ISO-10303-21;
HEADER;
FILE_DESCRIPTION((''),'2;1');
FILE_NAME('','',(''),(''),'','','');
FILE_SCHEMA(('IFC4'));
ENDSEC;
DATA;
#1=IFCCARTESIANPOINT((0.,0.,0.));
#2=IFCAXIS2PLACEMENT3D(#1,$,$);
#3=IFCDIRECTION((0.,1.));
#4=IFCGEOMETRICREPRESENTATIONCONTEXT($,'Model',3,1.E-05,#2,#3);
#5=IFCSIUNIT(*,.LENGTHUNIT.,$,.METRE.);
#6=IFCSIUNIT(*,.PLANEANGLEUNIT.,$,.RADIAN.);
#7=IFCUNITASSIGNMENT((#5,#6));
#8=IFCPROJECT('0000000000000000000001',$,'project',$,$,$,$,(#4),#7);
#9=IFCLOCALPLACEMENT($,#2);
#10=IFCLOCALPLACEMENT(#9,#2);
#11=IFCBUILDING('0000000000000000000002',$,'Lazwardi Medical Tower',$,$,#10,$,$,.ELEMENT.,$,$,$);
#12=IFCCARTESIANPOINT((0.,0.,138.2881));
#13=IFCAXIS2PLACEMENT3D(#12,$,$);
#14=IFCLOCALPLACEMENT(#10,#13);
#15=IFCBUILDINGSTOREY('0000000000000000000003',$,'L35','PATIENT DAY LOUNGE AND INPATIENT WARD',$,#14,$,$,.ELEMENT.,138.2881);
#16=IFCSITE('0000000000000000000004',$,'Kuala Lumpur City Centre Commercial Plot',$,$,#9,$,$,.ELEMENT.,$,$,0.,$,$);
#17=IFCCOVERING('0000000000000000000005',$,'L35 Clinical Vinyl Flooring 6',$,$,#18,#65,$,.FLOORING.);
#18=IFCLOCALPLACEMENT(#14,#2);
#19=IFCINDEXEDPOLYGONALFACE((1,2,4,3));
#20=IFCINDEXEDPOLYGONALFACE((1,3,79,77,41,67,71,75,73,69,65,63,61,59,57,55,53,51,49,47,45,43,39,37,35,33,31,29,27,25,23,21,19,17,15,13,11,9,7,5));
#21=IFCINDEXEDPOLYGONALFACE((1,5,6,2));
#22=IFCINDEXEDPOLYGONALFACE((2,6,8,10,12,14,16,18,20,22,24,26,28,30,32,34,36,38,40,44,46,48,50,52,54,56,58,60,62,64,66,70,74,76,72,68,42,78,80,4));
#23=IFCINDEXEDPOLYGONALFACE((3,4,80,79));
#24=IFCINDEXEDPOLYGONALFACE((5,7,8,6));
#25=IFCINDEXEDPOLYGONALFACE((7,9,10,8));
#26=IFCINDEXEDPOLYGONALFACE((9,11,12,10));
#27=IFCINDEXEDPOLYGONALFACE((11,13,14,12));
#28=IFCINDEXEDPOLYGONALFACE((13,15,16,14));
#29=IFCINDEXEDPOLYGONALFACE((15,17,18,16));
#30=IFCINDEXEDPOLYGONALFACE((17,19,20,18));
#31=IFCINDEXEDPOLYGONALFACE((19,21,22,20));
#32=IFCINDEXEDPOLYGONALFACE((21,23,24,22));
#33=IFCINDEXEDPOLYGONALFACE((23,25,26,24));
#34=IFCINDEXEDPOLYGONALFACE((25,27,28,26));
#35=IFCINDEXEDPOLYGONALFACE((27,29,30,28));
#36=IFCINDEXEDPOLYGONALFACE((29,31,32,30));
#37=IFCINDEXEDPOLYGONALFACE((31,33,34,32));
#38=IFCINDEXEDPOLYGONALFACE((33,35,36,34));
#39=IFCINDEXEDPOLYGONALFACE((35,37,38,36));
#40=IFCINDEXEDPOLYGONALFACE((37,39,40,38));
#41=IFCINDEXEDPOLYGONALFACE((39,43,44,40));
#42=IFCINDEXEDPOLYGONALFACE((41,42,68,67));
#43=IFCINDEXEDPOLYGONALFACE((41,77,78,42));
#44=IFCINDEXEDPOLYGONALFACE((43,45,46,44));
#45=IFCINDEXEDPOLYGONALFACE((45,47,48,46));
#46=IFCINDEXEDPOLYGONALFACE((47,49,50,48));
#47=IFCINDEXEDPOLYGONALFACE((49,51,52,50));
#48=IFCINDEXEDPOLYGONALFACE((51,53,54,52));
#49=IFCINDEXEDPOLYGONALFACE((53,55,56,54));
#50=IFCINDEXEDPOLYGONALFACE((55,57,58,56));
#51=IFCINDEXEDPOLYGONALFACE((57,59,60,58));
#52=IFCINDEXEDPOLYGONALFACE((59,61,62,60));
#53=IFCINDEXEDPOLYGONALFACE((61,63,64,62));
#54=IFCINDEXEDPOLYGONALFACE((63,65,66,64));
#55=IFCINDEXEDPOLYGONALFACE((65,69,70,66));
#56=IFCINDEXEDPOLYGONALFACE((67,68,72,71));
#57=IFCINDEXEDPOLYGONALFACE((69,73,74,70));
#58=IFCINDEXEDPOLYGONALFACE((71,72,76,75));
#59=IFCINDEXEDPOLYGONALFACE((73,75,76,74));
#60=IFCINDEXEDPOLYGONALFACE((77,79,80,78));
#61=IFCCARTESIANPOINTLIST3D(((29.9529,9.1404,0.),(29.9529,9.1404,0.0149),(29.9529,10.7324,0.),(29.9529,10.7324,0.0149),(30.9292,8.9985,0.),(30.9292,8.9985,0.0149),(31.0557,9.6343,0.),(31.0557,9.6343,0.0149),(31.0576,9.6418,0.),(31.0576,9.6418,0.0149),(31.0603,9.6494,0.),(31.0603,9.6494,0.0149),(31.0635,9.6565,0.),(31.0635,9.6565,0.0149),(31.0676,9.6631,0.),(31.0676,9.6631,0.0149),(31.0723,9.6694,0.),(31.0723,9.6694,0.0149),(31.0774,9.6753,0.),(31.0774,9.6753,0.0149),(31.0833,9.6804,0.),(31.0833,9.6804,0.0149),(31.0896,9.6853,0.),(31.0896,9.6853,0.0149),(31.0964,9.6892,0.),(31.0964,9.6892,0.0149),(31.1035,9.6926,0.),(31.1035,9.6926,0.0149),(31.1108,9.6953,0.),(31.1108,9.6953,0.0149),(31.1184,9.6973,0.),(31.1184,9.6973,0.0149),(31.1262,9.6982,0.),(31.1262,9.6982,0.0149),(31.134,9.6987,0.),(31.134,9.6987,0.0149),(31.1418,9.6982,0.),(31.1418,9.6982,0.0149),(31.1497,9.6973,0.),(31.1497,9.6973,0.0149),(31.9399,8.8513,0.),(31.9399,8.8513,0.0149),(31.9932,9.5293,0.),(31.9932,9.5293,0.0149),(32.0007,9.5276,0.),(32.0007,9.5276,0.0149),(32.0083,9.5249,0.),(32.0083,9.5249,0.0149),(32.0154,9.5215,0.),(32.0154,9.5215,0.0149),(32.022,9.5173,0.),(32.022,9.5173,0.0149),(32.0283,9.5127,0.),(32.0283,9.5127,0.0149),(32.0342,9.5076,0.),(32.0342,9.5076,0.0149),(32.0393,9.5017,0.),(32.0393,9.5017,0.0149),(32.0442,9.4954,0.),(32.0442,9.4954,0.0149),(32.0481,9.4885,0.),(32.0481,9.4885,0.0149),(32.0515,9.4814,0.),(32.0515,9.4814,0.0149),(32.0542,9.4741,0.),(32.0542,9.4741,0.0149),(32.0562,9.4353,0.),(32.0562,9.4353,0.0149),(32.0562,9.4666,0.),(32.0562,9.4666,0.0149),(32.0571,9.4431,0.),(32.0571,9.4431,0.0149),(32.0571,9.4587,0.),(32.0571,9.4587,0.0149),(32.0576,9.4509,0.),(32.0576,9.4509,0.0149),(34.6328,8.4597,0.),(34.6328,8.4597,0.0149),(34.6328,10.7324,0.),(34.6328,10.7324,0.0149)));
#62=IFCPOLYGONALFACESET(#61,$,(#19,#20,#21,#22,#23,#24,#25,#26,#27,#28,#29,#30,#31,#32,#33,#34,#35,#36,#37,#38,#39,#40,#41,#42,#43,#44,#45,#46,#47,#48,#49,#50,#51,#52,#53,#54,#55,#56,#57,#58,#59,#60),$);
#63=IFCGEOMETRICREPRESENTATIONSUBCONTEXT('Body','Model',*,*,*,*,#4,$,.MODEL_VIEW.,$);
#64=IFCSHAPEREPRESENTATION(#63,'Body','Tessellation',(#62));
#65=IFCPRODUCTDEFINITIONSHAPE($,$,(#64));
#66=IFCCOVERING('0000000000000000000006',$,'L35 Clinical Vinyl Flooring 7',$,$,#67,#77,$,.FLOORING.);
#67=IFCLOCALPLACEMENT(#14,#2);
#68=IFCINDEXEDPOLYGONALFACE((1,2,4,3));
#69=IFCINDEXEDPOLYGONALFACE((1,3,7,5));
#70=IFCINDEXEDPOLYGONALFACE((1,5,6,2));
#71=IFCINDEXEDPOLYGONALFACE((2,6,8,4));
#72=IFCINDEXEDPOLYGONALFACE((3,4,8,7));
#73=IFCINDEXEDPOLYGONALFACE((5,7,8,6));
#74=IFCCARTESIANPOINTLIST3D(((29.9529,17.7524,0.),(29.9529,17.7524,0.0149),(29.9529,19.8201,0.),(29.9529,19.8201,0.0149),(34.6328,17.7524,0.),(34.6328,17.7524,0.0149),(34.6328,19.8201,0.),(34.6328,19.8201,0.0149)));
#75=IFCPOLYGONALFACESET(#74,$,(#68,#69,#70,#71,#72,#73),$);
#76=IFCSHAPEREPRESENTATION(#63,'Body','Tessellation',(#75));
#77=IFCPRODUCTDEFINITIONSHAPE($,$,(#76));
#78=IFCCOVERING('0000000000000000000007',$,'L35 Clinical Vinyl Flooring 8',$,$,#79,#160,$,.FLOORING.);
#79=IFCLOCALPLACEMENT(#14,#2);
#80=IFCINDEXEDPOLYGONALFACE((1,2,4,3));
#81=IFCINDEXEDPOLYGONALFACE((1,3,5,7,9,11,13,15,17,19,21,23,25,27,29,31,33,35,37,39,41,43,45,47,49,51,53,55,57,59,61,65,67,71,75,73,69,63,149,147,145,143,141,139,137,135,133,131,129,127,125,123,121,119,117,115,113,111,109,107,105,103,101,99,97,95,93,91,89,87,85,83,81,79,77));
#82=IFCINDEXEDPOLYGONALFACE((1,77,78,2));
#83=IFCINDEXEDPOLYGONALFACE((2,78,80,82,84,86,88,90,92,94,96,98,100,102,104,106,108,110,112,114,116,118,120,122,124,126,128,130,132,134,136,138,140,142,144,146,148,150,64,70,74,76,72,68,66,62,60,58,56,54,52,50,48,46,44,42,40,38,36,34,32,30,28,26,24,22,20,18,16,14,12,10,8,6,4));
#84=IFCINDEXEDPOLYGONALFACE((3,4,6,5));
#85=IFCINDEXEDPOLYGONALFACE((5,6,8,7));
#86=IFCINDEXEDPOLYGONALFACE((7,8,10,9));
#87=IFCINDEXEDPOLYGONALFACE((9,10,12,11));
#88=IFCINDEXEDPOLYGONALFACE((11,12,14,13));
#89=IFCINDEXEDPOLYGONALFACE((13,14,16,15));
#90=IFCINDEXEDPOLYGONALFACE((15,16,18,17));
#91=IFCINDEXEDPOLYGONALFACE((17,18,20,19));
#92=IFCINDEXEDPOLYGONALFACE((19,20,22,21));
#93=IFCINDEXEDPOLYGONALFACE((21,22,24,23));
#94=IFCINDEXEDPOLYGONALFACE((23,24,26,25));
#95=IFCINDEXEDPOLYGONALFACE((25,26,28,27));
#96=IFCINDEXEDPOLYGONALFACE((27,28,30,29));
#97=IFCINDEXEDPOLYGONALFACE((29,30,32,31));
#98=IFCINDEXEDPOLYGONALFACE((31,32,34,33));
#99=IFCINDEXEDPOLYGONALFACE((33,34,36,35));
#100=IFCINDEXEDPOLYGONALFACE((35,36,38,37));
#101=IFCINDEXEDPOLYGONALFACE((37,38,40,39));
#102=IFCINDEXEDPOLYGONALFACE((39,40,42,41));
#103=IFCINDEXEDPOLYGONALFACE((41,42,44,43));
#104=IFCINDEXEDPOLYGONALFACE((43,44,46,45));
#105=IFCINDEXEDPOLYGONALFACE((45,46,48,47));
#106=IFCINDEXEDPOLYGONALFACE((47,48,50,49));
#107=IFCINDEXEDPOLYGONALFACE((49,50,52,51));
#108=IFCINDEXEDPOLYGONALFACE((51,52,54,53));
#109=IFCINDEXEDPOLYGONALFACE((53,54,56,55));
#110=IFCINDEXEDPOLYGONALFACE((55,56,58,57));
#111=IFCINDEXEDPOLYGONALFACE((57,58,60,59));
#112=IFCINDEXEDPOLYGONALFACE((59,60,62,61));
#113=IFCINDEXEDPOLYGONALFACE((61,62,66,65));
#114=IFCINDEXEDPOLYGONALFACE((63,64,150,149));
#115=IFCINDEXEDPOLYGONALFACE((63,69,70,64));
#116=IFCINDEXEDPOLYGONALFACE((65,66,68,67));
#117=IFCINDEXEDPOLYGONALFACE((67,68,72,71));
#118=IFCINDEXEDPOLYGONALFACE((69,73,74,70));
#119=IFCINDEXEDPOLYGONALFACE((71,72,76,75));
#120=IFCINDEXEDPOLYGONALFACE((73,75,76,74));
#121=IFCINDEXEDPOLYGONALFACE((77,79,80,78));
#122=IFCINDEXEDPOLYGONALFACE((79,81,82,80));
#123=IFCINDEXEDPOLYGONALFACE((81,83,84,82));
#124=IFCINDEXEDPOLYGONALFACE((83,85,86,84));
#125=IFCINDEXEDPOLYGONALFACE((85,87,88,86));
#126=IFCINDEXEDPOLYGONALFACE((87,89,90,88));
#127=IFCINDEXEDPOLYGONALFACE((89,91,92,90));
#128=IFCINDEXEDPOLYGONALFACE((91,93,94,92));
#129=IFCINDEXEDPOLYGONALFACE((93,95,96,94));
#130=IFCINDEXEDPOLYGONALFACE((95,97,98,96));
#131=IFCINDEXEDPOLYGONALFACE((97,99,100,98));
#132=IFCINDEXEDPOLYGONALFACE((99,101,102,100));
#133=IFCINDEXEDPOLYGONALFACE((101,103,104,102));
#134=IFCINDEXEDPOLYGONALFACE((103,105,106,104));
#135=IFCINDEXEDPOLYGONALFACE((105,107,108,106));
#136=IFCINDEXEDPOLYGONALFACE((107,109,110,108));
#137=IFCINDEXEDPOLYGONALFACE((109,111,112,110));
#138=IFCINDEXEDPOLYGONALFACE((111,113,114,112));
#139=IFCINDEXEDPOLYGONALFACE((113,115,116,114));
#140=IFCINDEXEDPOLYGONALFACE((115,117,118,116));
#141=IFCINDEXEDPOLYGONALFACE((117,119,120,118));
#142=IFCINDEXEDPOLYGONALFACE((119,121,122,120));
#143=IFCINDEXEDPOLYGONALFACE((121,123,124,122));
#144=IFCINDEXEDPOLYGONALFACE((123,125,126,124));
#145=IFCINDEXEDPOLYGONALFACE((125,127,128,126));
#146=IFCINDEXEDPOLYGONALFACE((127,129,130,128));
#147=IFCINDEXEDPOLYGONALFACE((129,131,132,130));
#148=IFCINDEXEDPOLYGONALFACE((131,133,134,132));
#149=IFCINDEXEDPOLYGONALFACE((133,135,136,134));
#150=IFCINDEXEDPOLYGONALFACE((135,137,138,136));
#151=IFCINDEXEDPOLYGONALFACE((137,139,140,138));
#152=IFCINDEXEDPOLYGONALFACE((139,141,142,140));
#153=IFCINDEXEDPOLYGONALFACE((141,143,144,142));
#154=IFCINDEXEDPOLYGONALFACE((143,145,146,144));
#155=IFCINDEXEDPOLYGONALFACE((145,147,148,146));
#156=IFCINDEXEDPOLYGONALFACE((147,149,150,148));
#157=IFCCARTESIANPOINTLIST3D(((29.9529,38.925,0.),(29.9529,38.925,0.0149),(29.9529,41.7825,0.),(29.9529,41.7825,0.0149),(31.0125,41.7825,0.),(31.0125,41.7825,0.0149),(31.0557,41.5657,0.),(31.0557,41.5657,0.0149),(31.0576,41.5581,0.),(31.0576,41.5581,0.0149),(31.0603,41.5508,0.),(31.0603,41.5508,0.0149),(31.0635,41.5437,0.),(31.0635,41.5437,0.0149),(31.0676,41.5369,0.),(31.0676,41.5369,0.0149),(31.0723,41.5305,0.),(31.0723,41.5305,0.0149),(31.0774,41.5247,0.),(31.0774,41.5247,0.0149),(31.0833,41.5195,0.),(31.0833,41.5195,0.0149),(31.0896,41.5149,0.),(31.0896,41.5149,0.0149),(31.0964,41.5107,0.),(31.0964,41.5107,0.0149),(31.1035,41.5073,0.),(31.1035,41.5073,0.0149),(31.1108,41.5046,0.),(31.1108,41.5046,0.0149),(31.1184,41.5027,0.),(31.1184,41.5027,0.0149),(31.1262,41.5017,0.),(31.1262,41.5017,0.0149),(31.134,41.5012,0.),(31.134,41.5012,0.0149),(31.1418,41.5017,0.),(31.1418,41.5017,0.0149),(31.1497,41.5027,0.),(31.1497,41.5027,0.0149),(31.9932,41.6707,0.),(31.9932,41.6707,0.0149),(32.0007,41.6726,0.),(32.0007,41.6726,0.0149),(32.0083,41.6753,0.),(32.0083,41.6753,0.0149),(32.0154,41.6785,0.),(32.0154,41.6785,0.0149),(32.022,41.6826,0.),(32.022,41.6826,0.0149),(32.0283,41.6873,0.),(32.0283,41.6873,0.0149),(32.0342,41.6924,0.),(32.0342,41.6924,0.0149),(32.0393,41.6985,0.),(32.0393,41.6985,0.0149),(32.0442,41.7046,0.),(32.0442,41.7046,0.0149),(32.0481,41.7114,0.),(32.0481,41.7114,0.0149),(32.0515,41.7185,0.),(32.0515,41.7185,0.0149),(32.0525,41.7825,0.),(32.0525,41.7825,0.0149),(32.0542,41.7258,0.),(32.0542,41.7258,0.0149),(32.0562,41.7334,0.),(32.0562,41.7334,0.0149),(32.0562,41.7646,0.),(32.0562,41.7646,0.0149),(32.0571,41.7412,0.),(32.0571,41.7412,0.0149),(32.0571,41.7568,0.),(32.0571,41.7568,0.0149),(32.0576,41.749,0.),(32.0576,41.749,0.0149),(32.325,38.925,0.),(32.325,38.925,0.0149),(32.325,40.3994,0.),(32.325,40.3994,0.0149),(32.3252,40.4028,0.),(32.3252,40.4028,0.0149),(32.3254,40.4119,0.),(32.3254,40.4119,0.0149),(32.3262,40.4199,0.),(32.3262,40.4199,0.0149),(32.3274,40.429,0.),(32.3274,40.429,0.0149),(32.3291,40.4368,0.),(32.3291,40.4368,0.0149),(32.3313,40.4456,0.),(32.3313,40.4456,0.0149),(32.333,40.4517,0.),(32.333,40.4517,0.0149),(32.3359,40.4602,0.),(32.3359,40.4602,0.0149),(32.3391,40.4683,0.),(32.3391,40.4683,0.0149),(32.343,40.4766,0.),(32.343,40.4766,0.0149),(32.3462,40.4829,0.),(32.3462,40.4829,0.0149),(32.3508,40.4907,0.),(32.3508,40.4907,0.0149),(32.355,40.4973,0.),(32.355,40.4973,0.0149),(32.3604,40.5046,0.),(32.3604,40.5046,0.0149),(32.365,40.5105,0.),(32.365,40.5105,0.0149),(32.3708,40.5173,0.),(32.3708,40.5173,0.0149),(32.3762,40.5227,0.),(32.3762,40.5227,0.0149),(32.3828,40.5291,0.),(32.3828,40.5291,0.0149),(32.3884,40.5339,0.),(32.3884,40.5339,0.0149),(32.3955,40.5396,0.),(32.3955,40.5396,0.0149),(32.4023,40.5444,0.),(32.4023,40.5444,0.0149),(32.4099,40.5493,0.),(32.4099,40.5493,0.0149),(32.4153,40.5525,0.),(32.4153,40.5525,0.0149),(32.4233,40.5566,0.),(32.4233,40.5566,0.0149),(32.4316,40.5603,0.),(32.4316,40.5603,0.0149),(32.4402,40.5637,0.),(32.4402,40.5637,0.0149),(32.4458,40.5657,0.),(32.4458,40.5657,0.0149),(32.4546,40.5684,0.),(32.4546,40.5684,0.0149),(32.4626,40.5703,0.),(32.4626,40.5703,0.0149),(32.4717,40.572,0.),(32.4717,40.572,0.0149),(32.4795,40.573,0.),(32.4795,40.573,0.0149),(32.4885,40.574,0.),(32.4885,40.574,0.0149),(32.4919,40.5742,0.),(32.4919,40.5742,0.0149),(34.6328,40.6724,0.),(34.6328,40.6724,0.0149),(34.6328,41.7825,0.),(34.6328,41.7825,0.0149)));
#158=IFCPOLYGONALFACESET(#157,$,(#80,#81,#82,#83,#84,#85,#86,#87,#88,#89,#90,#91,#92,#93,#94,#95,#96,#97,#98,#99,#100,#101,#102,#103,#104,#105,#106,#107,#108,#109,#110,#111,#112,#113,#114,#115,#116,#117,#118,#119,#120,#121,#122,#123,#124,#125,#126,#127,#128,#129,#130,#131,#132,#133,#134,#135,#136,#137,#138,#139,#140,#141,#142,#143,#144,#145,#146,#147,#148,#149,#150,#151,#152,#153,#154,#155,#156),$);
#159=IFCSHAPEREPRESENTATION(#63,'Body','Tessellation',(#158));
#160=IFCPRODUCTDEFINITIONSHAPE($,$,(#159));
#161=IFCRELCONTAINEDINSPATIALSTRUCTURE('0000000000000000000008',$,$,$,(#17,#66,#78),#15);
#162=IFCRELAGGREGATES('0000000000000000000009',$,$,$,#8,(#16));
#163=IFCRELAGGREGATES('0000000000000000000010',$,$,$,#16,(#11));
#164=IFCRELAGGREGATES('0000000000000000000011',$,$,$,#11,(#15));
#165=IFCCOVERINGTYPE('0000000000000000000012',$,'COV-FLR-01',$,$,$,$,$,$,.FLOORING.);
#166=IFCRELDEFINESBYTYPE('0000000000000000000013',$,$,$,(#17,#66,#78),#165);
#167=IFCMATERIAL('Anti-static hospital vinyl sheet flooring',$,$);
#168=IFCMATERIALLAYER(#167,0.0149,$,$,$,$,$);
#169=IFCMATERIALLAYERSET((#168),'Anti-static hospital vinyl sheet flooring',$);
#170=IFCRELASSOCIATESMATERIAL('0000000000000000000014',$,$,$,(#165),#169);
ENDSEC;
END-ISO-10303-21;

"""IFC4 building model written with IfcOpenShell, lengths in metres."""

from ifc_helpers import new_model, si_unit, direction, frame, origin, place, context, subcontext, project, spatial, polyline, outline, extrude, material, layer, layer_set, type_object, element, save


model = new_model("IFC4")

# Units and contexts
model_context = context("Model", 3, precision=1e-05, world=origin(), true_north=direction((0.0, 1.0)))
body_context = subcontext(model_context, "Body", "Model", "MODEL_VIEW")
ifc_project = project(units=[si_unit("LENGTHUNIT", "METRE"), si_unit("PLANEANGLEUNIT", "RADIAN")], contexts=[model_context])

# Site, building, storey
site_placement = place(None, origin())
site = spatial("IfcSite", under=ifc_project, at=site_placement, Name="Kuala Lumpur City Centre Commercial Plot", CompositionType="ELEMENT", RefElevation=0.0)
building_placement = place(site_placement, origin())
building = spatial("IfcBuilding", under=site, at=building_placement, Name="Lazwardi Medical Tower", CompositionType="ELEMENT")
storey_placement = place(building_placement, frame((0.0, 0.0, 138.2881)))
storey = spatial("IfcBuildingStorey", under=building, at=storey_placement, Name="L35", Description="PATIENT DAY LOUNGE AND INPATIENT WARD", CompositionType="ELEMENT", Elevation=138.2881)

# Coverings
ifc_material_1 = material(Name="Anti-static hospital vinyl sheet flooring")
ifc_layer_1 = layer(ifc_material_1, 0.0149)
ifc_layer_set_1 = layer_set([ifc_layer_1], Name="Anti-static hospital vinyl sheet flooring")
covering_type_1 = type_object("IfcCoveringType", Name="COV-FLR-01", PredefinedType="FLOORING", material=ifc_layer_set_1)
covering_1_placement = place(storey_placement, origin())
element("IfcCovering", 1, at=covering_1_placement, inside=storey, type_object=covering_type_1, Name="L35 Clinical Vinyl Flooring 6", PredefinedType="FLOORING", context=body_context, shape_type="SweptSolid", body=[
    extrude(outline(polyline([(29.9529, 9.1404), (30.9292, 8.9985), (31.0557, 9.6343), (31.0576, 9.6418), (31.0603, 9.6494), (31.0635, 9.6565), (31.0676, 9.6631), (31.0723, 9.6694), (31.0774, 9.6753), (31.0833, 9.6804), (31.0896, 9.6853), (31.0964, 9.6892), (31.1035, 9.6926), (31.1108, 9.6953), (31.1184, 9.6973), (31.1262, 9.6982), (31.134, 9.6987), (31.1418, 9.6982), (31.1497, 9.6973), (31.9932, 9.5293), (32.0007, 9.5276), (32.0083, 9.5249), (32.0154, 9.5215), (32.022, 9.5173), (32.0283, 9.5127), (32.0342, 9.5076), (32.0393, 9.5017), (32.0442, 9.4954), (32.0481, 9.4885), (32.0515, 9.4814), (32.0542, 9.4741), (32.0562, 9.4666), (32.0571, 9.4587), (32.0576, 9.4509), (32.0571, 9.4431), (32.0562, 9.4353), (31.9399, 8.8513), (34.6328, 8.4597), (34.6328, 10.7324), (29.9529, 10.7324), (29.9529, 9.1404)])), origin(), (0.0, 0.0, 1.0), 0.0149),
])
covering_2_placement = place(storey_placement, origin())
element("IfcCovering", 2, at=covering_2_placement, inside=storey, type_object=covering_type_1, Name="L35 Clinical Vinyl Flooring 7", PredefinedType="FLOORING", context=body_context, shape_type="SweptSolid", body=[
    extrude(outline(polyline([(34.6328, 19.8201), (29.9529, 19.8201), (29.9529, 17.7524), (34.6328, 17.7524), (34.6328, 19.8201)])), origin(), (0.0, 0.0, 1.0), 0.0149),
])
covering_3_placement = place(storey_placement, origin())
element("IfcCovering", 3, at=covering_3_placement, inside=storey, type_object=covering_type_1, Name="L35 Clinical Vinyl Flooring 8", PredefinedType="FLOORING", context=body_context, shape_type="SweptSolid", body=[
    extrude(outline(polyline([(32.0525, 41.7825), (32.0562, 41.7646), (32.0571, 41.7568), (32.0576, 41.749), (32.0571, 41.7412), (32.0562, 41.7334), (32.0542, 41.7258), (32.0515, 41.7185), (32.0481, 41.7114), (32.0442, 41.7046), (32.0393, 41.6985), (32.0342, 41.6924), (32.0283, 41.6873), (32.022, 41.6826), (32.0154, 41.6785), (32.0083, 41.6753), (32.0007, 41.6726), (31.9932, 41.6707), (31.1497, 41.5027), (31.1418, 41.5017), (31.134, 41.5012), (31.1262, 41.5017), (31.1184, 41.5027), (31.1108, 41.5046), (31.1035, 41.5073), (31.0964, 41.5107), (31.0896, 41.5149), (31.0833, 41.5195), (31.0774, 41.5247), (31.0723, 41.5305), (31.0676, 41.5369), (31.0635, 41.5437), (31.0603, 41.5508), (31.0576, 41.5581), (31.0557, 41.5657), (31.0125, 41.7825), (29.9529, 41.7825), (29.9529, 38.925), (32.325, 38.925), (32.325, 40.3994), (32.3252, 40.4028), (32.3254, 40.4119), (32.3262, 40.4199), (32.3274, 40.429), (32.3291, 40.4368), (32.3313, 40.4456), (32.333, 40.4517), (32.3359, 40.4602), (32.3391, 40.4683), (32.343, 40.4766), (32.3462, 40.4829), (32.3508, 40.4907), (32.355, 40.4973), (32.3604, 40.5046), (32.365, 40.5105), (32.3708, 40.5173), (32.3762, 40.5227), (32.3828, 40.5291), (32.3884, 40.5339), (32.3955, 40.5396), (32.4023, 40.5444), (32.4099, 40.5493), (32.4153, 40.5525), (32.4233, 40.5566), (32.4316, 40.5603), (32.4402, 40.5637), (32.4458, 40.5657), (32.4546, 40.5684), (32.4626, 40.5703), (32.4717, 40.572), (32.4795, 40.573), (32.4885, 40.574), (32.4919, 40.5742), (34.6328, 40.6724), (34.6328, 41.7825), (32.0525, 41.7825)])), origin(), (0.0, 0.0, 1.0), 0.0149),
])

save(model, "model.ifc")
